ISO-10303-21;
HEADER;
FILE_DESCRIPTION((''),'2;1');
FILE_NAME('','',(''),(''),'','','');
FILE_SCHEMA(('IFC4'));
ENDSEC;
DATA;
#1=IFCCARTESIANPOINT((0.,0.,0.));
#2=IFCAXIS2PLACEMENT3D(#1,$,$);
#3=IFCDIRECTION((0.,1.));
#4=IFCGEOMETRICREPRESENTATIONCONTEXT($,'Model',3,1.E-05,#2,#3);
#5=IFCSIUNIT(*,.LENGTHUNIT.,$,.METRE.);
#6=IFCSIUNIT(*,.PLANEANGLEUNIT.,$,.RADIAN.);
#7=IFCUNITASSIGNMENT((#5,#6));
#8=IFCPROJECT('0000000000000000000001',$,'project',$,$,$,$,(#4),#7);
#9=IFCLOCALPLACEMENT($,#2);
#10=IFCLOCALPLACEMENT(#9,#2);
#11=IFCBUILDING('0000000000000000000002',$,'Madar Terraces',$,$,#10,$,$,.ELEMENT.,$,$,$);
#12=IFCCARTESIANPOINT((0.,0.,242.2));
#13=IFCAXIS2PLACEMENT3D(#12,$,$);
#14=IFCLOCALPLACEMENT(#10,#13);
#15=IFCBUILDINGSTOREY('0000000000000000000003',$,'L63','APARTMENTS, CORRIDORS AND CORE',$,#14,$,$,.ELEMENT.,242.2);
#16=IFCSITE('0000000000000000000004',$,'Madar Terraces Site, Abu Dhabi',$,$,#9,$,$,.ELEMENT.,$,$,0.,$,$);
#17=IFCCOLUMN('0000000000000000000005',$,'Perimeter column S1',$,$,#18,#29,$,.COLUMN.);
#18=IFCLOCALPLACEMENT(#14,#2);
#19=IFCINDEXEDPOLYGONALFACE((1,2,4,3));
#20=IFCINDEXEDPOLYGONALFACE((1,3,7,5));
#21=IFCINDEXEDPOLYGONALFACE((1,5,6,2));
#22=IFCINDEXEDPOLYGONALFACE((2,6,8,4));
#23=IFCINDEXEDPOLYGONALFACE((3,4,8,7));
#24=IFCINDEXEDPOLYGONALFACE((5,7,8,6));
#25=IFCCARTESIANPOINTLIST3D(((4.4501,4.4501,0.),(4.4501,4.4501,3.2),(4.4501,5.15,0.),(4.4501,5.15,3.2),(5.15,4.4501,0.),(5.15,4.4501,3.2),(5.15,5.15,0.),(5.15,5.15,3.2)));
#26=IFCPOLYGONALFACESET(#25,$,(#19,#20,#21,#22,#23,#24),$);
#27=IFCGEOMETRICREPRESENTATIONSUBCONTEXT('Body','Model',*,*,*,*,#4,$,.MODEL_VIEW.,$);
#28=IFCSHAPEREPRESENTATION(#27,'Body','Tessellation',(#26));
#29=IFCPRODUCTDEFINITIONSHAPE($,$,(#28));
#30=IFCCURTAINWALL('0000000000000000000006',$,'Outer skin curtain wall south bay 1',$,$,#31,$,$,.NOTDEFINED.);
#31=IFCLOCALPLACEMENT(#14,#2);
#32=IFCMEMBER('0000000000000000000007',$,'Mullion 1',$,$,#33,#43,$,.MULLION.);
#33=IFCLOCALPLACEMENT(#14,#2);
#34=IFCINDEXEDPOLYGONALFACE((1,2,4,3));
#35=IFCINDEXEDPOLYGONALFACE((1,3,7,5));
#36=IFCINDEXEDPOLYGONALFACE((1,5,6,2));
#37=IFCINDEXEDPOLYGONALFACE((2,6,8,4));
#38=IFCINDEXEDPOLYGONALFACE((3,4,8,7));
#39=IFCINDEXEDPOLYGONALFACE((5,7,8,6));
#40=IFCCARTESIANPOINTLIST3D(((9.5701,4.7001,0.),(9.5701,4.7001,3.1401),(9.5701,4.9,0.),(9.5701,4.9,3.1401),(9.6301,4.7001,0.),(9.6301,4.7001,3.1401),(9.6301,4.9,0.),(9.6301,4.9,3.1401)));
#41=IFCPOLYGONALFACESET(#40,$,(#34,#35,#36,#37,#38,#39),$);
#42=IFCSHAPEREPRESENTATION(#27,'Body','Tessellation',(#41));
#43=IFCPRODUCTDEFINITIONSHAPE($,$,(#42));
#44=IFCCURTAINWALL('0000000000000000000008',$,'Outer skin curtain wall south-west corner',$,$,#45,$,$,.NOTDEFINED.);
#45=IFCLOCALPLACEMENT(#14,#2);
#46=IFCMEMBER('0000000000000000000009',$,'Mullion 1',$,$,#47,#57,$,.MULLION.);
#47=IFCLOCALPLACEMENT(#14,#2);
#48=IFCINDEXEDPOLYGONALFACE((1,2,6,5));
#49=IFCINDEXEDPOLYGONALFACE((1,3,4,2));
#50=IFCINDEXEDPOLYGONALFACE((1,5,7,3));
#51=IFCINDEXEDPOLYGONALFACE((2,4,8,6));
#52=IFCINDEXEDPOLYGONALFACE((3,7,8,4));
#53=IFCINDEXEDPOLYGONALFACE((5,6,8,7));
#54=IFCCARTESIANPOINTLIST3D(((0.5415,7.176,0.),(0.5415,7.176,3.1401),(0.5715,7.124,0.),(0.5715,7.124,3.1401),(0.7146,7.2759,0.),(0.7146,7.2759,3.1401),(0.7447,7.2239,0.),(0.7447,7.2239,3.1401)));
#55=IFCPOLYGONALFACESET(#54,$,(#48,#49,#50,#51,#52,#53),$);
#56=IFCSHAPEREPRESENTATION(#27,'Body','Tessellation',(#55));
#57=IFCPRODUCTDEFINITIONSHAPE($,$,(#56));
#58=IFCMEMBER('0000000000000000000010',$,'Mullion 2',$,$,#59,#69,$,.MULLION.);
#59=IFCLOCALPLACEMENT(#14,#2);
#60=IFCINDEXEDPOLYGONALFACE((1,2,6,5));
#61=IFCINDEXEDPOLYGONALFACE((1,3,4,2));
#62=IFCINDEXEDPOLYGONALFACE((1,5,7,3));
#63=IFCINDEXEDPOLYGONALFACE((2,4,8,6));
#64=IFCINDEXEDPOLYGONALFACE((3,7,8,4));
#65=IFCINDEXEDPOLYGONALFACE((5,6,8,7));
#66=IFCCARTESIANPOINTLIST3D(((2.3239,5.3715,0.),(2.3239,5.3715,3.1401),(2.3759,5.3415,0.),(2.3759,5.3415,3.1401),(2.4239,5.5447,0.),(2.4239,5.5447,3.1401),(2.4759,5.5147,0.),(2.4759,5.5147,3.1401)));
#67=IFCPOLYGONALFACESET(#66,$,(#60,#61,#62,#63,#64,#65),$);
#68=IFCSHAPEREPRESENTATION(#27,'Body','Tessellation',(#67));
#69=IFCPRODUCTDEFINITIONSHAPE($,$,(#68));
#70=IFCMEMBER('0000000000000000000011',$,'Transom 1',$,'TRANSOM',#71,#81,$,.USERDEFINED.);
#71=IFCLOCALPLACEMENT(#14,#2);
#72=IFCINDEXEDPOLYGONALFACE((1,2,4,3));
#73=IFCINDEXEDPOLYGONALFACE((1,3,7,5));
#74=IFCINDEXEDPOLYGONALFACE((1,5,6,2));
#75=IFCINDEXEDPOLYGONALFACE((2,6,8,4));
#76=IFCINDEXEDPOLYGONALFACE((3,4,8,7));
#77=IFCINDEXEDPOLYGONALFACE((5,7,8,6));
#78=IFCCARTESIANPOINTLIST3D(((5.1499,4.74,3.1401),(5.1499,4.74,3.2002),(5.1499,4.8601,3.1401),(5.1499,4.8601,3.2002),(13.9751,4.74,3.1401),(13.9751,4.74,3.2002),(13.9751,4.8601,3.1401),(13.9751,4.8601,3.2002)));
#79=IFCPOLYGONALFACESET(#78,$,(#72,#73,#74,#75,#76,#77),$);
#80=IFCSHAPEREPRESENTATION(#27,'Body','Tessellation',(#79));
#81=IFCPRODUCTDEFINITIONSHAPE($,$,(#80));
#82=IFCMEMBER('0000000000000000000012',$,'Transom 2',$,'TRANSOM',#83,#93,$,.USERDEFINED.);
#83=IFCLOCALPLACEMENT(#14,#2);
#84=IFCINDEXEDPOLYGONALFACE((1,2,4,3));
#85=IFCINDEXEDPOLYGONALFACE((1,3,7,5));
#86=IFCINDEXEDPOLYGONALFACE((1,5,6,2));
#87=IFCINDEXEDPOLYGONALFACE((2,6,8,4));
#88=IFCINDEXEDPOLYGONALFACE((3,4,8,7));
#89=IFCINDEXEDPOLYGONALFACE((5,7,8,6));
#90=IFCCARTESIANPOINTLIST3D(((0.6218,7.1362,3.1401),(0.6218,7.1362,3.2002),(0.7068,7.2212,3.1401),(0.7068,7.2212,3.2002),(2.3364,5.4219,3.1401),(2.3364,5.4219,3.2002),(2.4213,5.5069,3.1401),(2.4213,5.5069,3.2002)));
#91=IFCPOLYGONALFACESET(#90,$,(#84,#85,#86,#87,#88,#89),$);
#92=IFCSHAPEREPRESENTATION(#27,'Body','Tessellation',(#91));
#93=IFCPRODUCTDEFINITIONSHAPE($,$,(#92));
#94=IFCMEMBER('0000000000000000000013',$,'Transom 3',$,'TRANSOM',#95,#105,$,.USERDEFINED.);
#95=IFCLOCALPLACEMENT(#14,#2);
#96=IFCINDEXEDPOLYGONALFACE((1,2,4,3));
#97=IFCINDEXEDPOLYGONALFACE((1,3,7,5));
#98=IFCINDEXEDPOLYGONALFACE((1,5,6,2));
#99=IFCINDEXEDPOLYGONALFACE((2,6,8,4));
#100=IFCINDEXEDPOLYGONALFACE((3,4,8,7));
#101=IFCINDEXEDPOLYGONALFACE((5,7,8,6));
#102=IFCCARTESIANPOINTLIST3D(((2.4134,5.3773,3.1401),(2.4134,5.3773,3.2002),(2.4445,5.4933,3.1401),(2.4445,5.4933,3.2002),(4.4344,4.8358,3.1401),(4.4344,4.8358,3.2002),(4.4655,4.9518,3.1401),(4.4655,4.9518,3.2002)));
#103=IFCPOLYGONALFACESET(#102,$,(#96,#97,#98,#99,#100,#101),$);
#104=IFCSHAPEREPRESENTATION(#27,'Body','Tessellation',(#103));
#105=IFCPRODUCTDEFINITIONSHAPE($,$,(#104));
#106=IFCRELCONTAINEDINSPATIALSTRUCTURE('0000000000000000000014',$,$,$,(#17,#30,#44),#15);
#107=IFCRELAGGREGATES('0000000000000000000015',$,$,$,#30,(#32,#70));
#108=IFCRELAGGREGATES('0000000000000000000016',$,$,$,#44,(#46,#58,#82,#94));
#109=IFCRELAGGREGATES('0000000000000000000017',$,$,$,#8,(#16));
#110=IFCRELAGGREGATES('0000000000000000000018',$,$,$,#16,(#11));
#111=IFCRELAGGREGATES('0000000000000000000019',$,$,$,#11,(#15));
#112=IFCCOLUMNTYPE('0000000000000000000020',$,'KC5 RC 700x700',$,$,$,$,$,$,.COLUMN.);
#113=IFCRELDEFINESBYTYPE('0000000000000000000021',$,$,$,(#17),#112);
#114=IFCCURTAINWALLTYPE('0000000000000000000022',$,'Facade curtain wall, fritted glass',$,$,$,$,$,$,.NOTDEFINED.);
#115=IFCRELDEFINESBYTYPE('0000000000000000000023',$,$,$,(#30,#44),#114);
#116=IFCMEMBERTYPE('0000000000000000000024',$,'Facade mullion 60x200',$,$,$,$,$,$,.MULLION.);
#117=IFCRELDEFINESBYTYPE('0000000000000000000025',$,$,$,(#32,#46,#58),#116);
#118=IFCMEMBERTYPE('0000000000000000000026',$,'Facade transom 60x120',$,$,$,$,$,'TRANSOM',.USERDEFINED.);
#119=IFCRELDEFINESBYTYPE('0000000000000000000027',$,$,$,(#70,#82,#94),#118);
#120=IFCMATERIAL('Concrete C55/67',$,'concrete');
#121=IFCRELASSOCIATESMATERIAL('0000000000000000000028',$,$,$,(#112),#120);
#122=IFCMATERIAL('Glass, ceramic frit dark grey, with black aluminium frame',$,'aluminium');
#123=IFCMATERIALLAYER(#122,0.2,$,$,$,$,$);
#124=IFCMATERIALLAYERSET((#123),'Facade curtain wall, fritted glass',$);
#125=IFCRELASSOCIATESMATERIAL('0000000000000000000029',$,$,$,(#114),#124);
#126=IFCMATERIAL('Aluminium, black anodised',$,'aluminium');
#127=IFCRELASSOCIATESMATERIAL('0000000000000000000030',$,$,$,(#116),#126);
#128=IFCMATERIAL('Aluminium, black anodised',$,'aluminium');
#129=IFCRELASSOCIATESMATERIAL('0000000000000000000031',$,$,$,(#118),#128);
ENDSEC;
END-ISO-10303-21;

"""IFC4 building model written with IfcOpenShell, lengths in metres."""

from ifc_helpers import new_model, si_unit, direction, frame, origin, origin_2d, place, context, subcontext, project, spatial, rectangle, extrude, material, layer, layer_set, material_profile, profile_set, type_object, element, aggregate, save


model = new_model("IFC4")

# Units and contexts
model_context = context("Model", 3, precision=1e-05, world=origin(), true_north=direction((0.0, 1.0)))
body_context = subcontext(model_context, "Body", "Model", "MODEL_VIEW")
ifc_project = project(units=[si_unit("LENGTHUNIT", "METRE"), si_unit("PLANEANGLEUNIT", "RADIAN")], contexts=[model_context])

# Site, building, storey
site_placement = place(None, origin())
site = spatial("IfcSite", under=ifc_project, at=site_placement, Name="Madar Terraces Site, Abu Dhabi", CompositionType="ELEMENT", RefElevation=0.0)
building_placement = place(site_placement, origin())
building = spatial("IfcBuilding", under=site, at=building_placement, Name="Madar Terraces", CompositionType="ELEMENT")
storey_placement = place(building_placement, frame((0.0, 0.0, 242.2)))
storey = spatial("IfcBuildingStorey", under=building, at=storey_placement, Name="L63", Description="APARTMENTS, CORRIDORS AND CORE", CompositionType="ELEMENT", Elevation=242.2)

# Column
ifc_material_1 = material(Name="Concrete C55/67", Category="concrete")
ifc_material_profile_1 = material_profile(ifc_material_1, rectangle(XDim=0.7, YDim=0.7, at=origin_2d()), Name="KC5 RC 700x700")
ifc_profile_set_1 = profile_set([ifc_material_profile_1], Name="Concrete C55/67")
column_type = type_object("IfcColumnType", Name="KC5 RC 700x700", PredefinedType="COLUMN", material=ifc_profile_set_1)
column_placement = place(storey_placement, frame((4.8, 4.8, 0.0), z_axis=(0.0, 0.0, 1.0), x_axis=(1.0, 0.0, 0.0)))
element("IfcColumn", 1, at=column_placement, inside=storey, type_object=column_type, Name="Perimeter column S1", PredefinedType="COLUMN", context=body_context, shape_type="SweptSolid", body=[
    extrude(rectangle(XDim=0.7, YDim=0.7, at=origin_2d()), origin(), (0.0, 0.0, 1.0), 3.2),
])

# Curtain wall, member
ifc_material_2 = material(Name="Glass, ceramic frit dark grey, with black aluminium frame", Category="aluminium")
ifc_layer_1 = layer(ifc_material_2, 0.2)
ifc_layer_set_1 = layer_set([ifc_layer_1], Name="Facade curtain wall, fritted glass")
curtain_wall_type = type_object("IfcCurtainWallType", Name="Facade curtain wall, fritted glass", PredefinedType="NOTDEFINED", material=ifc_layer_set_1)
curtain_wall_1_placement = place(storey_placement, origin())
curtain_wall_1 = element("IfcCurtainWall", 2, at=curtain_wall_1_placement, inside=storey, type_object=curtain_wall_type, Name="Outer skin curtain wall south bay 1", PredefinedType="NOTDEFINED")
ifc_material_3 = material(Name="Aluminium, black anodised", Category="aluminium")
ifc_material_profile_2 = material_profile(ifc_material_3, rectangle(XDim=0.2, YDim=0.0601, at=origin_2d()), Name="Facade mullion 60x200")
ifc_profile_set_2 = profile_set([ifc_material_profile_2], Name="Aluminium, black anodised")
member_type_1 = type_object("IfcMemberType", Name="Facade mullion 60x200", PredefinedType="MULLION", material=ifc_profile_set_2)
member_1_placement = place(storey_placement, frame((9.6001, 4.8, 0.0), z_axis=(0.0, 0.0, 1.0), x_axis=(0.0, 1.0, 0.0)))
member_1 = element("IfcMember", 3, at=member_1_placement, type_object=member_type_1, Name="Mullion 1", PredefinedType="MULLION", context=body_context, shape_type="SweptSolid", body=[
    extrude(rectangle(XDim=0.2, YDim=0.0601, at=origin_2d()), origin(), (0.0, 0.0, 1.0), 3.1401),
])

# Curtain wall, members
curtain_wall_2_placement = place(storey_placement, origin())
curtain_wall_2 = element("IfcCurtainWall", 4, at=curtain_wall_2_placement, inside=storey, type_object=curtain_wall_type, Name="Outer skin curtain wall south-west corner", PredefinedType="NOTDEFINED")
member_2_placement = place(storey_placement, frame((0.6431, 7.2, 0.0), z_axis=(0.0, 0.0, 1.0), x_axis=(0.866025, 0.5, 0.0)))
member_2 = element("IfcMember", 5, at=member_2_placement, type_object=member_type_1, Name="Mullion 1", PredefinedType="MULLION", context=body_context, shape_type="SweptSolid", body=[
    extrude(rectangle(XDim=0.2, YDim=0.0601, at=origin_2d()), origin(), (0.0, 0.0, 1.0), 3.1401),
])
member_3_placement = place(storey_placement, frame((2.3999, 5.4431, 0.0), z_axis=(0.0, 0.0, 1.0), x_axis=(0.5, 0.866025, 0.0)))
member_3 = element("IfcMember", 6, at=member_3_placement, type_object=member_type_1, Name="Mullion 2", PredefinedType="MULLION", context=body_context, shape_type="SweptSolid", body=[
    extrude(rectangle(XDim=0.2, YDim=0.0601, at=origin_2d()), origin(), (0.0, 0.0, 1.0), 3.1401),
])

# Members
ifc_material_4 = material(Name="Aluminium, black anodised", Category="aluminium")
ifc_material_profile_3 = material_profile(ifc_material_4, rectangle(XDim=0.1201, YDim=0.0601, at=origin_2d()), Name="Facade transom 60x120")
ifc_profile_set_3 = profile_set([ifc_material_profile_3], Name="Aluminium, black anodised")
member_type_2 = type_object("IfcMemberType", Name="Facade transom 60x120", ElementType="TRANSOM", PredefinedType="USERDEFINED", material=ifc_profile_set_3)
member_4_placement = place(storey_placement, frame((5.1499, 4.8, 3.1702), z_axis=(1.0, 0.0, 0.0), x_axis=(0.0, 1.0, 0.0)))
member_4 = element("IfcMember", 7, at=member_4_placement, type_object=member_type_2, Name="Transom 1", ObjectType="TRANSOM", PredefinedType="USERDEFINED", context=body_context, shape_type="SweptSolid", body=[
    extrude(rectangle(XDim=0.1201, YDim=0.0601, at=origin_2d()), origin(), (0.0, 0.0, 1.0), 8.8252),
])
member_5_placement = place(storey_placement, frame((0.6643, 7.1787, 3.1702), z_axis=(0.707157, -0.707056, 0.0), x_axis=(0.707056, 0.707157, 0.0)))
member_5 = element("IfcMember", 8, at=member_5_placement, type_object=member_type_2, Name="Transom 2", ObjectType="TRANSOM", PredefinedType="USERDEFINED", context=body_context, shape_type="SweptSolid", body=[
    extrude(rectangle(XDim=0.1201, YDim=0.0601, at=origin_2d()), origin(), (0.0, 0.0, 1.0), 2.4246),
])
member_6_placement = place(storey_placement, frame((2.429, 5.4353, 3.1702), z_axis=(0.965928, -0.25881, 0.0), x_axis=(0.25881, 0.965928, 0.0)))
member_6 = element("IfcMember", 9, at=member_6_placement, type_object=member_type_2, Name="Transom 3", ObjectType="TRANSOM", PredefinedType="USERDEFINED", context=body_context, shape_type="SweptSolid", body=[
    extrude(rectangle(XDim=0.1201, YDim=0.0601, at=origin_2d()), origin(), (0.0, 0.0, 1.0), 2.0923),
])

aggregate(curtain_wall_1, [member_1, member_4])
aggregate(curtain_wall_2, [member_2, member_3, member_5, member_6])

save(model, "model.ifc")
